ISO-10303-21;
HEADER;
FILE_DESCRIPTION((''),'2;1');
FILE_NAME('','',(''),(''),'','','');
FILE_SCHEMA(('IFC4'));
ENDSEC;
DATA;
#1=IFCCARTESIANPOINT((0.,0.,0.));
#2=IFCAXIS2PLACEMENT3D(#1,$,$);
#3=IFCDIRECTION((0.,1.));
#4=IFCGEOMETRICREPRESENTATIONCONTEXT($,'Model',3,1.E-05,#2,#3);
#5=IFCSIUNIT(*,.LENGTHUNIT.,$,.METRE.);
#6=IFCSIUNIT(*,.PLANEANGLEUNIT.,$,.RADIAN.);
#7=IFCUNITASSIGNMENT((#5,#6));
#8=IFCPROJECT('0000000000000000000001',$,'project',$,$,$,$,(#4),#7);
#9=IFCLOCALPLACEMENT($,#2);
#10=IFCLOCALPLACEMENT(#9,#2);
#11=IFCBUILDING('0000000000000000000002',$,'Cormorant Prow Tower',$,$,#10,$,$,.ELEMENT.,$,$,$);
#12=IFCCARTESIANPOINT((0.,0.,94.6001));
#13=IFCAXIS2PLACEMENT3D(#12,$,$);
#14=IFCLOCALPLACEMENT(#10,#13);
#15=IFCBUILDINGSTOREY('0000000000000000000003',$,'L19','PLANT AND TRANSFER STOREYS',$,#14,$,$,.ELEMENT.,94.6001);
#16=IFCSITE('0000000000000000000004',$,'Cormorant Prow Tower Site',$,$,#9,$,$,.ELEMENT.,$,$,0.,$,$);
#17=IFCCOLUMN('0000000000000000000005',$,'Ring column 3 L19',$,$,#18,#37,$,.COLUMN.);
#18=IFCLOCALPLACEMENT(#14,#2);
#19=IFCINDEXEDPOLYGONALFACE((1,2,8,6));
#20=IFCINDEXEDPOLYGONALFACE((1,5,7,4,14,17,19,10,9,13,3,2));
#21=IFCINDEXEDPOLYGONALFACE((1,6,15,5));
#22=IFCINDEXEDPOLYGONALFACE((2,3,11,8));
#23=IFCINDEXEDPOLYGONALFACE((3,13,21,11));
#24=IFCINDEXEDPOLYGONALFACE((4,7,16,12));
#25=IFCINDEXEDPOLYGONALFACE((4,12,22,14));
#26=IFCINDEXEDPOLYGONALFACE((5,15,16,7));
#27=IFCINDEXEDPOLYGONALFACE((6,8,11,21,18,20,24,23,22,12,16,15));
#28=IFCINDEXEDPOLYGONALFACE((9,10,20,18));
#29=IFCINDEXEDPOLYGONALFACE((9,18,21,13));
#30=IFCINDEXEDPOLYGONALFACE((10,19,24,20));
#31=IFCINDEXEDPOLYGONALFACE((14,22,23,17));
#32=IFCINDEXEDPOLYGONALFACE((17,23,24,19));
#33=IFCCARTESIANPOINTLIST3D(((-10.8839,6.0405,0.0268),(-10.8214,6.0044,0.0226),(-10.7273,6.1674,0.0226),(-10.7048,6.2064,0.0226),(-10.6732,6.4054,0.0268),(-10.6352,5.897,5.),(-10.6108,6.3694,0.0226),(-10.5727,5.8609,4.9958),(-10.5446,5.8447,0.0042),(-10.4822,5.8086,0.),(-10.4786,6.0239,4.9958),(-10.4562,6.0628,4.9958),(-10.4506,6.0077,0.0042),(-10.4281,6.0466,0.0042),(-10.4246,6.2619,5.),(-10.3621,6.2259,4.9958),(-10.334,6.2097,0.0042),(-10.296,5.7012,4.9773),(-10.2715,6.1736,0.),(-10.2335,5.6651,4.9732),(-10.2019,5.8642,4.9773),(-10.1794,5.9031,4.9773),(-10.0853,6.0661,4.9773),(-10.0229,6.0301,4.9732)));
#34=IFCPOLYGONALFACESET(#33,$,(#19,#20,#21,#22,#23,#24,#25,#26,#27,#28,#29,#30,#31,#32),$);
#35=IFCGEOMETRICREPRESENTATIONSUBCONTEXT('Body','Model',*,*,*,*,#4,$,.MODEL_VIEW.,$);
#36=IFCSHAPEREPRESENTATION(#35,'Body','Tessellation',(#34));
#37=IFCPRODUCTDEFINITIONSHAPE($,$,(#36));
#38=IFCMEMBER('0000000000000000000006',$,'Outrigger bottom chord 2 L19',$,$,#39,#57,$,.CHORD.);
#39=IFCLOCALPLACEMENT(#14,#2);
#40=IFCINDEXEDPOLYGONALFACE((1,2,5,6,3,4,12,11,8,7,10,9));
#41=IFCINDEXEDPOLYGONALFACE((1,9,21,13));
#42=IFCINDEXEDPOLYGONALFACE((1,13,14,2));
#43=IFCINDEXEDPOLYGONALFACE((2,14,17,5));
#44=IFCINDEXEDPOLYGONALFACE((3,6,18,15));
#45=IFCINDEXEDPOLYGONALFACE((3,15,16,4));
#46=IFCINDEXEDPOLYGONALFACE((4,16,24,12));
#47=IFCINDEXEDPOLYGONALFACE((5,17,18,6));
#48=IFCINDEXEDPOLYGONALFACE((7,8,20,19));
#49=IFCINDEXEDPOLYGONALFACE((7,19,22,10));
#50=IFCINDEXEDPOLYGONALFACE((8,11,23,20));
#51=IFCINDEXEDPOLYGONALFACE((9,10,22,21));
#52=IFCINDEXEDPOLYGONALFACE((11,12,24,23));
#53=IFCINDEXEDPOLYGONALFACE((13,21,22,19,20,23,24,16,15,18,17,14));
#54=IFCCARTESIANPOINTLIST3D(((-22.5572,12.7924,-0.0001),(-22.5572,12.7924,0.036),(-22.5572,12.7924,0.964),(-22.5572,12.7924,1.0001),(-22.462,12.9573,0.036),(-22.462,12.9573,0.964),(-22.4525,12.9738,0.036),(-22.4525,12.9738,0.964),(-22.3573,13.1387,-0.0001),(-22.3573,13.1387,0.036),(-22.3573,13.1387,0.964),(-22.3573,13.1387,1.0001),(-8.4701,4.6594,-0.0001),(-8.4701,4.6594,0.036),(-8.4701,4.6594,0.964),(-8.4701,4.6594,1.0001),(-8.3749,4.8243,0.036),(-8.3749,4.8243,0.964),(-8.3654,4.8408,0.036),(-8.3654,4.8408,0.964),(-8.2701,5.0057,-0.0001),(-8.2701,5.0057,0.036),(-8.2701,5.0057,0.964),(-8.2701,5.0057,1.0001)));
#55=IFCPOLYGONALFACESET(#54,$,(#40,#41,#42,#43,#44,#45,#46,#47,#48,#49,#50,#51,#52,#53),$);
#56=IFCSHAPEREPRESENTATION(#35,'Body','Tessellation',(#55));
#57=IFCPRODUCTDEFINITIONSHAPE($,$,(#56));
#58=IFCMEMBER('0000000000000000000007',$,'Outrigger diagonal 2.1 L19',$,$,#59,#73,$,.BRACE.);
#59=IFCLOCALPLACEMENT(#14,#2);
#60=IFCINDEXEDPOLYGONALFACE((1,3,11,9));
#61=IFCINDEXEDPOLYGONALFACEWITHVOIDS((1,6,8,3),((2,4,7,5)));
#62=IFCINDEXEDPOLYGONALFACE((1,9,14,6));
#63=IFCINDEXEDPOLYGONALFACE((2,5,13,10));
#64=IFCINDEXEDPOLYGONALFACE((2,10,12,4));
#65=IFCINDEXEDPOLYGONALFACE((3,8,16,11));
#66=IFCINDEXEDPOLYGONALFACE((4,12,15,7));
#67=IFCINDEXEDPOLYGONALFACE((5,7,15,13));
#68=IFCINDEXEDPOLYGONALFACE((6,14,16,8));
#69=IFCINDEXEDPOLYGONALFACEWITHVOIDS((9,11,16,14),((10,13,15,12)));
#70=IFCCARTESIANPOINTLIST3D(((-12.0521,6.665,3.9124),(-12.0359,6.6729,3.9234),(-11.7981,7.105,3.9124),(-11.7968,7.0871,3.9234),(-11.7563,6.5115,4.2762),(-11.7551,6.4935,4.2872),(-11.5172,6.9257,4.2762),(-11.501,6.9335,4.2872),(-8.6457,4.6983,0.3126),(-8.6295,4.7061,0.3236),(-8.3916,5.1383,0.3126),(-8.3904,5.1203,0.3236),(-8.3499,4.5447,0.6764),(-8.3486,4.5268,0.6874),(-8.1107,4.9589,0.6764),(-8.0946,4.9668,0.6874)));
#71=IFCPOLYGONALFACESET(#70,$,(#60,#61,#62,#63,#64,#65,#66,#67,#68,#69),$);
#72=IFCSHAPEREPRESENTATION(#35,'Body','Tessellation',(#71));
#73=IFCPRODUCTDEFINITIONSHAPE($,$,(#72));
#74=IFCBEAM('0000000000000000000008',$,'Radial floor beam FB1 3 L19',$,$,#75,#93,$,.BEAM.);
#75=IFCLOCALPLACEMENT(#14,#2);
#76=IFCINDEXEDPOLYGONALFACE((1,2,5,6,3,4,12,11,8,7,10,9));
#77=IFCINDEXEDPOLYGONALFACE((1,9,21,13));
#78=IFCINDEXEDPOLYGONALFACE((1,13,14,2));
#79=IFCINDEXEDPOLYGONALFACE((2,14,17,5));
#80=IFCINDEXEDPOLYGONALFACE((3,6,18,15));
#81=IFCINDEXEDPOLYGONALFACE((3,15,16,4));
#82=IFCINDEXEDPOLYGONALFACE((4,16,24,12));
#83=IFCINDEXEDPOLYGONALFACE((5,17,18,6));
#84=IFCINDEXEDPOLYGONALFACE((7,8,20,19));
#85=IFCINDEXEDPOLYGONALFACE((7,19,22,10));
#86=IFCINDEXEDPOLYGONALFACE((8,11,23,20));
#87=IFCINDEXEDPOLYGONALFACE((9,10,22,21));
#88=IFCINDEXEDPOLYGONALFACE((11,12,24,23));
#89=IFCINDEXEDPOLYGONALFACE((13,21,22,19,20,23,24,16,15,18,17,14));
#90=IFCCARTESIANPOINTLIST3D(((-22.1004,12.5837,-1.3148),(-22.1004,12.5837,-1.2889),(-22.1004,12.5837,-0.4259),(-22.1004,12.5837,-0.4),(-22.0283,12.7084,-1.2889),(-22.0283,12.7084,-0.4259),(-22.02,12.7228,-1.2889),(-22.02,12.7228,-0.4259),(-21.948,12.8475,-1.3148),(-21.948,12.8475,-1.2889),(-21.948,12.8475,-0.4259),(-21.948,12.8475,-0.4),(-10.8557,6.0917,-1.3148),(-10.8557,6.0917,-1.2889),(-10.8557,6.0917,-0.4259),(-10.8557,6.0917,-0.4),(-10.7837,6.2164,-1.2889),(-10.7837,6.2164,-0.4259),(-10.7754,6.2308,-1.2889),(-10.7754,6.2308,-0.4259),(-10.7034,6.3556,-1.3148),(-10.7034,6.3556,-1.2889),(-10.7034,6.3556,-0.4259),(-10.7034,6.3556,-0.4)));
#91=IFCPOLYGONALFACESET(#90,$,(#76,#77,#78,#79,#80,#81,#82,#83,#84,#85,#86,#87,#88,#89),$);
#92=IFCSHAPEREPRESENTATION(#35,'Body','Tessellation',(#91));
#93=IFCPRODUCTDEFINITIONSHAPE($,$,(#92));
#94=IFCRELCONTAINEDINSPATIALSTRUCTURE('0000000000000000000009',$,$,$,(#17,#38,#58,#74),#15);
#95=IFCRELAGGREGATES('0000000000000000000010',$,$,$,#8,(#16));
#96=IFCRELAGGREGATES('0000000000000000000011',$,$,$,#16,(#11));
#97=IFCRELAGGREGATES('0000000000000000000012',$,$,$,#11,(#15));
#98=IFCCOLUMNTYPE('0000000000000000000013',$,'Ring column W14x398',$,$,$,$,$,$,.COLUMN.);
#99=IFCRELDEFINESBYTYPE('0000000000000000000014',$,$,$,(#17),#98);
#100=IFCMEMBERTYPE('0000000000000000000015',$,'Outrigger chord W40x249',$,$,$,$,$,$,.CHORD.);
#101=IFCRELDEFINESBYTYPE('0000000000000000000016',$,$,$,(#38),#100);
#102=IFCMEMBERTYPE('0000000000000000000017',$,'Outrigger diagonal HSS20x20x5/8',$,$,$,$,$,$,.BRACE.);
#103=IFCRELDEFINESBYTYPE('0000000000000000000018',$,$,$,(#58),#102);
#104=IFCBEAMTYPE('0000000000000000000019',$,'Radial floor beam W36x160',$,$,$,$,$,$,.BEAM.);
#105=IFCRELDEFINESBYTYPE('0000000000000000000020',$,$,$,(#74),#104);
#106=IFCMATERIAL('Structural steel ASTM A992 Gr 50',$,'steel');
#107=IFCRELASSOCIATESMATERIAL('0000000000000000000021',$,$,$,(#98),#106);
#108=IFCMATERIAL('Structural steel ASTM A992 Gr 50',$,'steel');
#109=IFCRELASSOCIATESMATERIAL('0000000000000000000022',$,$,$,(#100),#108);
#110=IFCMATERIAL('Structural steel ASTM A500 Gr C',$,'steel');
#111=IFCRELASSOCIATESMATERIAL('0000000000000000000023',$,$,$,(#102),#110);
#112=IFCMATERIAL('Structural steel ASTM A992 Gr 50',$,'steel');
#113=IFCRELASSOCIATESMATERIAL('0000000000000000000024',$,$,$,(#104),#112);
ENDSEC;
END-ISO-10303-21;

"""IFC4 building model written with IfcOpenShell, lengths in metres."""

from ifc_helpers import new_model, si_unit, direction, frame, origin, origin_2d, place, context, subcontext, project, spatial, hollow_rectangle, i_section, extrude, material, material_profile, profile_set, type_object, element, save


model = new_model("IFC4")

# Units and contexts
model_context = context("Model", 3, precision=1e-05, world=origin(), true_north=direction((0.0, 1.0)))
body_context = subcontext(model_context, "Body", "Model", "MODEL_VIEW")
ifc_project = project(units=[si_unit("LENGTHUNIT", "METRE"), si_unit("PLANEANGLEUNIT", "RADIAN")], contexts=[model_context])

# Site, building, storey
site_placement = place(None, origin())
site = spatial("IfcSite", under=ifc_project, at=site_placement, Name="Cormorant Prow Tower Site", CompositionType="ELEMENT", RefElevation=0.0)
building_placement = place(site_placement, origin())
building = spatial("IfcBuilding", under=site, at=building_placement, Name="Cormorant Prow Tower", CompositionType="ELEMENT")
storey_placement = place(building_placement, frame((0.0, 0.0, 94.6001)))
storey = spatial("IfcBuildingStorey", under=building, at=storey_placement, Name="L19", Description="PLANT AND TRANSFER STOREYS", CompositionType="ELEMENT", Elevation=94.6001)

# Column
ifc_material_1 = material(Name="Structural steel ASTM A992 Gr 50", Category="steel")
ifc_material_profile_1 = material_profile(ifc_material_1, i_section(OverallWidth=0.4214, OverallDepth=0.4646, WebThickness=0.0449, FlangeThickness=0.0723, at=origin_2d()), Name="W14x398")
ifc_profile_set_1 = profile_set([ifc_material_profile_1], Name="Structural steel ASTM A992 Gr 50")
column_type = type_object("IfcColumnType", Name="Ring column W14x398", PredefinedType="COLUMN", material=ifc_profile_set_1)
column_placement = place(storey_placement, frame((-10.5784, 6.1074, 0.0), z_axis=(0.049917, -0.028809, 0.998338), x_axis=(0.499869, 0.866101, 0.0)))
element("IfcColumn", 1, at=column_placement, inside=storey, type_object=column_type, Name="Ring column 3 L19", PredefinedType="COLUMN", context=body_context, shape_type="SweptSolid", body=[
    extrude(i_section(OverallWidth=0.4214, OverallDepth=0.4646, WebThickness=0.0449, FlangeThickness=0.0723, at=origin_2d()), frame((0.0, 0.0, 0.0134)), (0.0, 0.0, 1.0), 4.9814),
])

# Members
ifc_material_2 = material(Name="Structural steel ASTM A992 Gr 50", Category="steel")
ifc_material_profile_2 = material_profile(ifc_material_2, i_section(OverallWidth=0.3999, OverallDepth=1.0002, WebThickness=0.019, FlangeThickness=0.0361, at=origin_2d()), Name="W40x249")
ifc_profile_set_2 = profile_set([ifc_material_profile_2], Name="Structural steel ASTM A992 Gr 50")
member_type_1 = type_object("IfcMemberType", Name="Outrigger chord W40x249", PredefinedType="CHORD", material=ifc_profile_set_2)
member_1_placement = place(storey_placement, frame((-8.3701, 4.8325, 0.5), z_axis=(-0.86603, 0.499992, 0.0), x_axis=(-0.499992, -0.86603, 0.0)))
element("IfcMember", 2, at=member_1_placement, inside=storey, type_object=member_type_1, Name="Outrigger bottom chord 2 L19", PredefinedType="CHORD", context=body_context, shape_type="SweptSolid", body=[
    extrude(i_section(OverallWidth=0.3999, OverallDepth=1.0002, WebThickness=0.019, FlangeThickness=0.0361, at=origin_2d()), origin(), (0.0, 0.0, 1.0), 16.2664),
])
ifc_material_3 = material(Name="Structural steel ASTM A500 Gr C", Category="steel")
ifc_material_profile_3 = material_profile(ifc_material_3, hollow_rectangle(XDim=0.5081, YDim=0.5081, WallThickness=0.0149, at=origin_2d()), Name="HSS20x20x5/8")
ifc_profile_set_3 = profile_set([ifc_material_profile_3], Name="Structural steel ASTM A500 Gr C")
member_type_2 = type_object("IfcMemberType", Name="Outrigger diagonal HSS20x20x5/8", PredefinedType="BRACE", material=ifc_profile_set_3)
member_2_placement = place(storey_placement, frame((-8.3701, 4.8325, 0.5), z_axis=(-0.638864, 0.368859, 0.675127), x_axis=(-0.500011, -0.866019, 0.0)))
element("IfcMember", 3, at=member_2_placement, inside=storey, type_object=member_type_2, Name="Outrigger diagonal 2.1 L19", PredefinedType="BRACE", context=body_context, shape_type="SweptSolid", body=[
    extrude(hollow_rectangle(XDim=0.5081, YDim=0.5081, WallThickness=0.0149, at=origin_2d()), origin(), (0.0, 0.0, 1.0), 5.332),
])

# Beam
ifc_material_4 = material(Name="Structural steel ASTM A992 Gr 50", Category="steel")
ifc_material_profile_4 = material_profile(ifc_material_4, i_section(OverallWidth=0.3047, OverallDepth=0.9148, WebThickness=0.0166, FlangeThickness=0.0259, at=origin_2d()), Name="W36x160")
ifc_profile_set_4 = profile_set([ifc_material_profile_4], Name="Structural steel ASTM A992 Gr 50")
beam_type = type_object("IfcBeamType", Name="Radial floor beam W36x160", PredefinedType="BEAM", material=ifc_profile_set_4)
beam_placement = place(storey_placement, frame((-10.7795, 6.2236, -0.8574), z_axis=(-0.86603, 0.499992, 0.0), x_axis=(-0.499992, -0.86603, 0.0)))
element("IfcBeam", 4, at=beam_placement, inside=storey, type_object=beam_type, Name="Radial floor beam FB1 3 L19", PredefinedType="BEAM", context=body_context, shape_type="SweptSolid", body=[
    extrude(i_section(OverallWidth=0.3047, OverallDepth=0.9148, WebThickness=0.0166, FlangeThickness=0.0259, at=origin_2d()), origin(), (0.0, 0.0, 1.0), 12.9841),
])

save(model, "model.ifc")
